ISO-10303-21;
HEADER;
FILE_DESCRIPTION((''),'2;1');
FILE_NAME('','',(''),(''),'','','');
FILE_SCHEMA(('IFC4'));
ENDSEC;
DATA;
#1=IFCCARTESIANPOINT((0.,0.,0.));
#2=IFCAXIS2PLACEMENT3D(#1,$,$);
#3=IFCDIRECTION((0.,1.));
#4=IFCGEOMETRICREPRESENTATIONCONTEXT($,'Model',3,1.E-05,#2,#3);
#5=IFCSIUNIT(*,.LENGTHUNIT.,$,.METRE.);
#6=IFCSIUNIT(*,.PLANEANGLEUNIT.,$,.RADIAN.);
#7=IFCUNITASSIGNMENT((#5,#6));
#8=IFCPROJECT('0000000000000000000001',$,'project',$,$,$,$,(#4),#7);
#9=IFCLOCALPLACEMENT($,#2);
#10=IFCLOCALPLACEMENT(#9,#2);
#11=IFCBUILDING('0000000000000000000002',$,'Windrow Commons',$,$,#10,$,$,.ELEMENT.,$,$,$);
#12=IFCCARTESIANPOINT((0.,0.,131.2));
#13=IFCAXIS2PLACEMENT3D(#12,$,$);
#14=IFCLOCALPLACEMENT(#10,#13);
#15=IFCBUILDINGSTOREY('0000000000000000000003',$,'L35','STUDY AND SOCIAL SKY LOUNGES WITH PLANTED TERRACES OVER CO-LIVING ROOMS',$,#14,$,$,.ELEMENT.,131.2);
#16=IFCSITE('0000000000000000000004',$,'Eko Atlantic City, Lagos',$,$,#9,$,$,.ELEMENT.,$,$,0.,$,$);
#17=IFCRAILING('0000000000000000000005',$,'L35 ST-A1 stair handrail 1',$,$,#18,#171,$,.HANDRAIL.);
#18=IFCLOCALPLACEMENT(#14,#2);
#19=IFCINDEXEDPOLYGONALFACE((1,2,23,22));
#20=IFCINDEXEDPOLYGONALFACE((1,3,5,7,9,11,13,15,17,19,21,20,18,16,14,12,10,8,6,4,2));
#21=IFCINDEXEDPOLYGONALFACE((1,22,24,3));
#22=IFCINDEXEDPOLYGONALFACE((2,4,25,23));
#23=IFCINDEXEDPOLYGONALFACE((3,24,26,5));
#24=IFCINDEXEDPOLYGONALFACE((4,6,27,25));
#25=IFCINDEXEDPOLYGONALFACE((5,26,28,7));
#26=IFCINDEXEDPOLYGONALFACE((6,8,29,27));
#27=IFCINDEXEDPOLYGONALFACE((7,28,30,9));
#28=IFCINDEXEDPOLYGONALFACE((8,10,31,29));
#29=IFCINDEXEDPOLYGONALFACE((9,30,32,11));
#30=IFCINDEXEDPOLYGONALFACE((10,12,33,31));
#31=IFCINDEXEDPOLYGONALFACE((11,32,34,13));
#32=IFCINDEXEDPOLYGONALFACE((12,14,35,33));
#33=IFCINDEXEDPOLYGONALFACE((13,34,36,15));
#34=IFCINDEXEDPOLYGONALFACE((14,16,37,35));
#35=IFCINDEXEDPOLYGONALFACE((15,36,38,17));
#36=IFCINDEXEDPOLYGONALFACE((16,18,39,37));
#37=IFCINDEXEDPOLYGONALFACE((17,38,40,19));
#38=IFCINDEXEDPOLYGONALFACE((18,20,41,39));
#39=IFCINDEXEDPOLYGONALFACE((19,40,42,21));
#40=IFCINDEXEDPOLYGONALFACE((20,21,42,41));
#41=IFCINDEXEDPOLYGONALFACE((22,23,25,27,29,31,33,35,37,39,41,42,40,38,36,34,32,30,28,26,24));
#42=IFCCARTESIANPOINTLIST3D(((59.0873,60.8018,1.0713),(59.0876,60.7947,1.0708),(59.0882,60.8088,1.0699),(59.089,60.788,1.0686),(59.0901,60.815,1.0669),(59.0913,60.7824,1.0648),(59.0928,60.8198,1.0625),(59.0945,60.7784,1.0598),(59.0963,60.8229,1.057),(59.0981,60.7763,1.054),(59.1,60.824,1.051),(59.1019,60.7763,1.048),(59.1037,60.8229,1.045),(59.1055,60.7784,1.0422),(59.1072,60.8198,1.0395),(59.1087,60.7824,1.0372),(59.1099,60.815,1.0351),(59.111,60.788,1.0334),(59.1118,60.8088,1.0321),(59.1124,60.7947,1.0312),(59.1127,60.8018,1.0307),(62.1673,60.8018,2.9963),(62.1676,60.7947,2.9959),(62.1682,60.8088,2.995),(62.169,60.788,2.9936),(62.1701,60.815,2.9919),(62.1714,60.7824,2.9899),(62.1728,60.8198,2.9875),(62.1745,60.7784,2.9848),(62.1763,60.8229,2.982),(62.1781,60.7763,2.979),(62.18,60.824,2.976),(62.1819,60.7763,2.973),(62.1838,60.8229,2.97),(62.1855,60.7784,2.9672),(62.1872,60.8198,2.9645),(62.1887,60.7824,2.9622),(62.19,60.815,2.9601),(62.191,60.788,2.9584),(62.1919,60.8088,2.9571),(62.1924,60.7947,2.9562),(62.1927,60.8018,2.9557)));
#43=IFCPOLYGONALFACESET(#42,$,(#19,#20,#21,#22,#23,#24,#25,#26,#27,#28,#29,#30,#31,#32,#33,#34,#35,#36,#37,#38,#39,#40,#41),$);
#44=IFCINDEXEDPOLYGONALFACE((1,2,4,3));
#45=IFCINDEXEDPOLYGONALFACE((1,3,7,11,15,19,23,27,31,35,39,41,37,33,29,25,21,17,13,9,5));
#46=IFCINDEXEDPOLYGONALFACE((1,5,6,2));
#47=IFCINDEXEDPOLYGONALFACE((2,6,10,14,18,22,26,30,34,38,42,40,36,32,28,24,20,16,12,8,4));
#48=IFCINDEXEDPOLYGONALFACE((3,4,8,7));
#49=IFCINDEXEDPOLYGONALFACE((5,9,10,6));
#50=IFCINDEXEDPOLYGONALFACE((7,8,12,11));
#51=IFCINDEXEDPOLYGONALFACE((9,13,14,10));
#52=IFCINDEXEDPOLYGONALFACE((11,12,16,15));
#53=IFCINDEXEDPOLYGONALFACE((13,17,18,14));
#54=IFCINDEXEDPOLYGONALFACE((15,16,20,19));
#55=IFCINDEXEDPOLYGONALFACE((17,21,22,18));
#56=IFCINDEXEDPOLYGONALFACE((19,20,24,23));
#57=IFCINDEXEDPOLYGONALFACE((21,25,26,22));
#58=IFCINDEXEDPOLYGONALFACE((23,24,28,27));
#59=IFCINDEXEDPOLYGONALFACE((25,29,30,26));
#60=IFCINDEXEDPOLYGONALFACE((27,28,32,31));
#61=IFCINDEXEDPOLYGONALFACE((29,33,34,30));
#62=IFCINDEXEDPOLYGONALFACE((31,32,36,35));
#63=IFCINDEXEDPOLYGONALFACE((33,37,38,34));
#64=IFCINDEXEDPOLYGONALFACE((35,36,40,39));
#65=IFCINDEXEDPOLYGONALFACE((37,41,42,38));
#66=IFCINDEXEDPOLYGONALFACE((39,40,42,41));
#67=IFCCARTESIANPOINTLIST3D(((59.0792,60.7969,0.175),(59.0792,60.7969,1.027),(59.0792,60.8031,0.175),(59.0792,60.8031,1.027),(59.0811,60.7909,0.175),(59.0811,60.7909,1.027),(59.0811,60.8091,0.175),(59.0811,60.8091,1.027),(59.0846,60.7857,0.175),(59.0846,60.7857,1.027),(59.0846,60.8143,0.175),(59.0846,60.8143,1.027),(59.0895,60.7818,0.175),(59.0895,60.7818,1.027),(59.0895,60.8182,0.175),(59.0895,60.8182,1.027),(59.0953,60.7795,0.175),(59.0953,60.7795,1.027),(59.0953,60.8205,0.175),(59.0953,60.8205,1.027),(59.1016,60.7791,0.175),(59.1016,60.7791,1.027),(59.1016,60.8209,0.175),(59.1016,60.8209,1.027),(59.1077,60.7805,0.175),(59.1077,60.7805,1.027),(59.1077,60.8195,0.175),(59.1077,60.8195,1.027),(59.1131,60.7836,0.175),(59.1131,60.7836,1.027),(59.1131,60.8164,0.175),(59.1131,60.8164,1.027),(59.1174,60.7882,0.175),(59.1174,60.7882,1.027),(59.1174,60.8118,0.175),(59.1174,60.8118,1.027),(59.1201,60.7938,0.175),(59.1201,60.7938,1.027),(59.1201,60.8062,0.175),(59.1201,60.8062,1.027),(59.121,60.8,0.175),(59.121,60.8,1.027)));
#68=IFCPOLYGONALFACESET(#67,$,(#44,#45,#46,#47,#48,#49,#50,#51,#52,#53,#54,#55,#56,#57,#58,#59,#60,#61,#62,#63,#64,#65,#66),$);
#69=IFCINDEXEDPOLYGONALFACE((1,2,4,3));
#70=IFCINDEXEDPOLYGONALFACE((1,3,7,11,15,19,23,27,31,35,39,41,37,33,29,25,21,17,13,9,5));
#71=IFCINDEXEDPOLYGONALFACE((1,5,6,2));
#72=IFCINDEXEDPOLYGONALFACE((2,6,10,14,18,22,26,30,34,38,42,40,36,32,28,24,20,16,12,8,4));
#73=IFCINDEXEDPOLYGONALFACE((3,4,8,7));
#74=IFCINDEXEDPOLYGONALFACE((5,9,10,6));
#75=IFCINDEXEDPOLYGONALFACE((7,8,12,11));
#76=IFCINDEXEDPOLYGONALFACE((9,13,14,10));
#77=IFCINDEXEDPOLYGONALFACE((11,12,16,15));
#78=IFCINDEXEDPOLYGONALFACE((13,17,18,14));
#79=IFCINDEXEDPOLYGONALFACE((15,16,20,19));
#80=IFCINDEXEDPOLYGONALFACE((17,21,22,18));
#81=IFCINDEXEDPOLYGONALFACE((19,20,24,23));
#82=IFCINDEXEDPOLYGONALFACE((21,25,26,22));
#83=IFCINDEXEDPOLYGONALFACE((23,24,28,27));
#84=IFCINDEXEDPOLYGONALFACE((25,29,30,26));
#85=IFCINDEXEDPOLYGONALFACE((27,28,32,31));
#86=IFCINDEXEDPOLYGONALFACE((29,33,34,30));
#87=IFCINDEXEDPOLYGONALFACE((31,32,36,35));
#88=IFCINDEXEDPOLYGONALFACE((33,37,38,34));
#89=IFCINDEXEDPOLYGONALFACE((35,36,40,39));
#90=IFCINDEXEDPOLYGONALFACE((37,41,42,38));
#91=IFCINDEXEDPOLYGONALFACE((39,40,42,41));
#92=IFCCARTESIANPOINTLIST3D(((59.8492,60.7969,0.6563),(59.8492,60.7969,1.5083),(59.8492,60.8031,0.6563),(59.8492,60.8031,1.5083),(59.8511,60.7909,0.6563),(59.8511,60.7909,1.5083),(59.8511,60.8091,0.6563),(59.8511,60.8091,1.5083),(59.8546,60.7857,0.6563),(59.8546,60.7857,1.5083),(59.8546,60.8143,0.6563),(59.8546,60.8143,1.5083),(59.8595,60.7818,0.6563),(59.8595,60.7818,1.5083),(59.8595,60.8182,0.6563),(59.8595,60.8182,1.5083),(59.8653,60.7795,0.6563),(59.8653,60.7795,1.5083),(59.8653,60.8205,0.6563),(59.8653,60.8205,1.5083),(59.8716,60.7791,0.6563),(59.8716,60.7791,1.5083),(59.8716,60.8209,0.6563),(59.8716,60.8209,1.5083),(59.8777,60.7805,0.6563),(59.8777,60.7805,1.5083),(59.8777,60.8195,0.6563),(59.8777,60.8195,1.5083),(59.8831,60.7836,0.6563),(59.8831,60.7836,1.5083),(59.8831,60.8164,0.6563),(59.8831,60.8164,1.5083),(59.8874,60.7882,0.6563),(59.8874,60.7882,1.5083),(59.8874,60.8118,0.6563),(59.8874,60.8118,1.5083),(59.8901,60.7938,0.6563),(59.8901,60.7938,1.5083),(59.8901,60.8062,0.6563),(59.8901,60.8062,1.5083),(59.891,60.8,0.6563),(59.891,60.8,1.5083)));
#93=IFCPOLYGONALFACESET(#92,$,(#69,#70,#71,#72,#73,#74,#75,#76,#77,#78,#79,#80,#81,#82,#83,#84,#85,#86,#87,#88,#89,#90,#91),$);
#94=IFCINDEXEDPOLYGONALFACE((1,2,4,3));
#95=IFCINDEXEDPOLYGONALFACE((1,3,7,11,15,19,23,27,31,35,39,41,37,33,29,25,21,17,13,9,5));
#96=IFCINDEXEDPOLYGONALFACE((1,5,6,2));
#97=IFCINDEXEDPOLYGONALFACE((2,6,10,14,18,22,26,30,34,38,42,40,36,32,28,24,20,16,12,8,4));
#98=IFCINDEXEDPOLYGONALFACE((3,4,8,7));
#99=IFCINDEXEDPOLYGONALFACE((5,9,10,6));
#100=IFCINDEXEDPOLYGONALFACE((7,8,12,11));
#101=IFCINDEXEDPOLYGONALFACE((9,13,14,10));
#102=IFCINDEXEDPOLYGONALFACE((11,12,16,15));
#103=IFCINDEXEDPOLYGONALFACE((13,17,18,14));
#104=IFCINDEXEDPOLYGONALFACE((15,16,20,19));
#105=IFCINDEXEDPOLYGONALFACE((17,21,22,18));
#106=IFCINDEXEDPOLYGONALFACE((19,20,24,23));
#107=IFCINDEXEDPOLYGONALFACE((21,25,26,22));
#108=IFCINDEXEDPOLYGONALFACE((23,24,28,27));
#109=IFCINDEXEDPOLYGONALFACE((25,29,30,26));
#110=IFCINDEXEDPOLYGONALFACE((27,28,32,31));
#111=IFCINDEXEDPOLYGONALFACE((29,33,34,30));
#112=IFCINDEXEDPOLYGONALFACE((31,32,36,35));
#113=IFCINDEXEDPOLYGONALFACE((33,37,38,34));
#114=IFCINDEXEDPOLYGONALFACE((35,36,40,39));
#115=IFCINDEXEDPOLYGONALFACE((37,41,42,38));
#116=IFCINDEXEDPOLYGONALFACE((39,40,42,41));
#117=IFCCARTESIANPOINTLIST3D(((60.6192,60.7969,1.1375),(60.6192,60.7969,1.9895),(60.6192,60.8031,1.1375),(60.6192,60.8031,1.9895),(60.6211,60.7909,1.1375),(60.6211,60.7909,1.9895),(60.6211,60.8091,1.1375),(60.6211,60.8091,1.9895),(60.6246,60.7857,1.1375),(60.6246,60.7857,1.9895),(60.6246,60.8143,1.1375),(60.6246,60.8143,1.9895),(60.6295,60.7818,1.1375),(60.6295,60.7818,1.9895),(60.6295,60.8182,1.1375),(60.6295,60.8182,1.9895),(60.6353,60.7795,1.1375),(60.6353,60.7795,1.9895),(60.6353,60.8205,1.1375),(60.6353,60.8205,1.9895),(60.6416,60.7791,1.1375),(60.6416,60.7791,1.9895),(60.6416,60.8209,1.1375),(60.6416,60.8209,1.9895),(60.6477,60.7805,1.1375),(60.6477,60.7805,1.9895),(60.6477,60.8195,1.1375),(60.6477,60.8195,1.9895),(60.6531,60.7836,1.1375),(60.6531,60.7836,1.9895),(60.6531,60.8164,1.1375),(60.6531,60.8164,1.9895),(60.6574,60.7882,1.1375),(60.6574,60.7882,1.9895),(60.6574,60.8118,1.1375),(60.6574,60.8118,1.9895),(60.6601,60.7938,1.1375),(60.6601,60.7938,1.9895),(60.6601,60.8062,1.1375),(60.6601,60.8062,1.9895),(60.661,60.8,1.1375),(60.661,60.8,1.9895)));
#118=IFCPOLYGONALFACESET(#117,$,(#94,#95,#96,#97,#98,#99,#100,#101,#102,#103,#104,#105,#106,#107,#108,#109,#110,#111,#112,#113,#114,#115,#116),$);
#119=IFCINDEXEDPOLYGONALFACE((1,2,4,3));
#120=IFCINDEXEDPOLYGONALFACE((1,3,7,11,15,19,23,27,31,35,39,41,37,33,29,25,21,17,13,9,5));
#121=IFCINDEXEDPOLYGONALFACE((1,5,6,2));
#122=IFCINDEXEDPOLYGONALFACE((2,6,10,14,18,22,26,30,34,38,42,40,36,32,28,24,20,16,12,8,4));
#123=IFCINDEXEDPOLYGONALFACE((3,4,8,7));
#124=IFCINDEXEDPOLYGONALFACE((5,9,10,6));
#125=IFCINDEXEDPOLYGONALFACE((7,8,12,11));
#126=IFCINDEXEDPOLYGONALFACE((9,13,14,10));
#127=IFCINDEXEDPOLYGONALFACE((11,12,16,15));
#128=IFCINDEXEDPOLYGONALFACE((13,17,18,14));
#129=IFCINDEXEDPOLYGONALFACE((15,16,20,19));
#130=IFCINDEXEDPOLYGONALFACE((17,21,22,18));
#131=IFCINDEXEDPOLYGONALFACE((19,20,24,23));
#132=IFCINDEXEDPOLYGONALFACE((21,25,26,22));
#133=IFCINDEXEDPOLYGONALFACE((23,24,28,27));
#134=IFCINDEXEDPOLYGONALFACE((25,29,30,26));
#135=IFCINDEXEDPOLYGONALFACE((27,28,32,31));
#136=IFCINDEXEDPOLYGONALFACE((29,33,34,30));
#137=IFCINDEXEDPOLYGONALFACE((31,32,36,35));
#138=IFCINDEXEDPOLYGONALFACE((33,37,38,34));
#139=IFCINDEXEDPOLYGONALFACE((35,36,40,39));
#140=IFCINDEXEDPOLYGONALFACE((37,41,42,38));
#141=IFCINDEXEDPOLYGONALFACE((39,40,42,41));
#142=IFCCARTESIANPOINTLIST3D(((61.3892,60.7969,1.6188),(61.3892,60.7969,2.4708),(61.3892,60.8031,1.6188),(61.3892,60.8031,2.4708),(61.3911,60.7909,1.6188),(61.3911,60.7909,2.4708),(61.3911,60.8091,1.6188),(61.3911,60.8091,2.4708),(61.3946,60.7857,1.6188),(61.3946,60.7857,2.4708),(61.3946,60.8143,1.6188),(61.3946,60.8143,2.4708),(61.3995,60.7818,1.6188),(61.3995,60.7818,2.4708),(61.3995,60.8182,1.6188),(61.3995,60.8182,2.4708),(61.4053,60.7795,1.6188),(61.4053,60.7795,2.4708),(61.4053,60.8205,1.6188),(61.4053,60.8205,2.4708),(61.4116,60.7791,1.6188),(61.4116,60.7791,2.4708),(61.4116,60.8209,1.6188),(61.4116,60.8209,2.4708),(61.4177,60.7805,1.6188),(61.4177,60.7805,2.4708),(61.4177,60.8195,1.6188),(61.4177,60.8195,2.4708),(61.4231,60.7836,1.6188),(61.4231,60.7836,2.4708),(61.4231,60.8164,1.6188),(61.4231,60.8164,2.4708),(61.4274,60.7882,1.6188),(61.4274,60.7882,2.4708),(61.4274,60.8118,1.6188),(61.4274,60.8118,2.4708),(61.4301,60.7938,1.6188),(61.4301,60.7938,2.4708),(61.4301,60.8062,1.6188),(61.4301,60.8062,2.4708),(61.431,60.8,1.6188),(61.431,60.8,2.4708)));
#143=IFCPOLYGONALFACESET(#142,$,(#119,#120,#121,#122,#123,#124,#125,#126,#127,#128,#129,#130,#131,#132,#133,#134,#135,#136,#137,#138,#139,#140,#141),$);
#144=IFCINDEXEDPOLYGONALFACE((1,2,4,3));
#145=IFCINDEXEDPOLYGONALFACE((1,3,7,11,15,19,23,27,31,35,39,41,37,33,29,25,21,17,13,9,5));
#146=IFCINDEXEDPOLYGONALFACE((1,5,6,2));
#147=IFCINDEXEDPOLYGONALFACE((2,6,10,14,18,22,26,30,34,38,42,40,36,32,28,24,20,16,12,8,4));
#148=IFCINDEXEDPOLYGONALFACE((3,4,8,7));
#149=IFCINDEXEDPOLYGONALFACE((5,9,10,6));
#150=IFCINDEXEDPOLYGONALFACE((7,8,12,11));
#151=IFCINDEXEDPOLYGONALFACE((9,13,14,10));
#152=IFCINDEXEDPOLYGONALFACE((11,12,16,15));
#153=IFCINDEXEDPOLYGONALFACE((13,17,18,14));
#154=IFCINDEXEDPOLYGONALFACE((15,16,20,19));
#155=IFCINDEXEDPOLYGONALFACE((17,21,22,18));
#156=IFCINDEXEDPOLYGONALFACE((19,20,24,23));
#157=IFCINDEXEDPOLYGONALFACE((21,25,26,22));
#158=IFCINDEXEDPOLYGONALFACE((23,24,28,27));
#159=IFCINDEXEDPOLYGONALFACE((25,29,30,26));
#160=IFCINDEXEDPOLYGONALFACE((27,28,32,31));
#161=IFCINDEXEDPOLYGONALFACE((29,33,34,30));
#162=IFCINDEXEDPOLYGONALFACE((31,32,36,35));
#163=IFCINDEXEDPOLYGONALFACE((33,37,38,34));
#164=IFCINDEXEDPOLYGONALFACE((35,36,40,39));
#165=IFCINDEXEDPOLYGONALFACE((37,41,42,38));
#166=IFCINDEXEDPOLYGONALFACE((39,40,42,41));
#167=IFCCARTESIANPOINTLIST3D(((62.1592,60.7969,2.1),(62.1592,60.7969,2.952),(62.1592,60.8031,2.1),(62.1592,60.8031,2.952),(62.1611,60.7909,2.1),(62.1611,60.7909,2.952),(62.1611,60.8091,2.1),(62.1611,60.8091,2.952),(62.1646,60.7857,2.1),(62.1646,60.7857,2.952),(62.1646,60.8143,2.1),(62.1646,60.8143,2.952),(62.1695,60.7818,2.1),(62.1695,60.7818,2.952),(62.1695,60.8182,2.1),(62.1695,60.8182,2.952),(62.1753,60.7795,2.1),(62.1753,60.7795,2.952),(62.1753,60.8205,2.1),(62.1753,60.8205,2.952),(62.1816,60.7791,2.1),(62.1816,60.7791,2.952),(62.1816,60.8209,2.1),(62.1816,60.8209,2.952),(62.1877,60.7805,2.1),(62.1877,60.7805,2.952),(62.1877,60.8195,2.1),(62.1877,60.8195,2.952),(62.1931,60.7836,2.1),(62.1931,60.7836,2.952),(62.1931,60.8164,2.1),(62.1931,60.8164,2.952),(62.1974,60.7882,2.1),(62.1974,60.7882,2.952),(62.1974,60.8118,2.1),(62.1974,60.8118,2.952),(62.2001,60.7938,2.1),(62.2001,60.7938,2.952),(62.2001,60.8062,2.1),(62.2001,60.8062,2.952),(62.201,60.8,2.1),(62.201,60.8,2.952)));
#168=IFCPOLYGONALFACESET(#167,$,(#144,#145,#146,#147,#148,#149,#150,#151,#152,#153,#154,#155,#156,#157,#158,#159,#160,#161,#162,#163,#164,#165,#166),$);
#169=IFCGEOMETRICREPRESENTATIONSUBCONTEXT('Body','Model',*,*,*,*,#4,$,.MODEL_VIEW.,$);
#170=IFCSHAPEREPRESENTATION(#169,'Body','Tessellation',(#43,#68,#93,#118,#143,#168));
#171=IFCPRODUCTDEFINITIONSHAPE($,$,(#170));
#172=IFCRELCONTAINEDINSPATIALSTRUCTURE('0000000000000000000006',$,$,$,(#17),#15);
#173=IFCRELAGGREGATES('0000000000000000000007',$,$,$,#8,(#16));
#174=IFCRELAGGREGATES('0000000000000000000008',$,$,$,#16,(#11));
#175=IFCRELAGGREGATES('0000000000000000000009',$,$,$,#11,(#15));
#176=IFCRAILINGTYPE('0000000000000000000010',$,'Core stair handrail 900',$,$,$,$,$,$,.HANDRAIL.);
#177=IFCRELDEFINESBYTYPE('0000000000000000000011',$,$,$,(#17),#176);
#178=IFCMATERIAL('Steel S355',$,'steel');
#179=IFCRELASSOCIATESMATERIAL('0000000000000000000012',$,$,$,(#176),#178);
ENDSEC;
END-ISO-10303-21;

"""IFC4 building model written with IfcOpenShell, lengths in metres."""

from ifc_helpers import new_model, si_unit, direction, frame, origin, origin_2d, place, context, subcontext, project, spatial, circle, extrude, material, type_object, element, save


model = new_model("IFC4")

# Units and contexts
model_context = context("Model", 3, precision=1e-05, world=origin(), true_north=direction((0.0, 1.0)))
body_context = subcontext(model_context, "Body", "Model", "MODEL_VIEW")
ifc_project = project(units=[si_unit("LENGTHUNIT", "METRE"), si_unit("PLANEANGLEUNIT", "RADIAN")], contexts=[model_context])

# Site, building, storey
site_placement = place(None, origin())
site = spatial("IfcSite", under=ifc_project, at=site_placement, Name="Eko Atlantic City, Lagos", CompositionType="ELEMENT", RefElevation=0.0)
building_placement = place(site_placement, origin())
building = spatial("IfcBuilding", under=site, at=building_placement, Name="Windrow Commons", CompositionType="ELEMENT")
storey_placement = place(building_placement, frame((0.0, 0.0, 131.2)))
storey = spatial("IfcBuildingStorey", under=building, at=storey_placement, Name="L35", Description="STUDY AND SOCIAL SKY LOUNGES WITH PLANTED TERRACES OVER CO-LIVING ROOMS", CompositionType="ELEMENT", Elevation=131.2)

# Railing
ifc_material_1 = material(Name="Steel S355", Category="steel")
railing_type_1 = type_object("IfcRailingType", Name="Core stair handrail 900", PredefinedType="HANDRAIL", material=ifc_material_1)
railing_1_placement = place(storey_placement, frame((59.1, 60.8, 0.175)))
element("IfcRailing", 1, at=railing_1_placement, inside=storey, type_object=railing_type_1, Name="L35 ST-A1 stair handrail 1", PredefinedType="HANDRAIL", context=body_context, shape_type="SweptSolid", body=[
    extrude(circle(Radius=0.024, at=origin_2d()), frame((0.0, 0.0, 0.876), z_axis=(0.847998, 0.0, 0.529999), x_axis=(0.0, 1.0, 0.0)), (0.0, 0.0, 1.0), 3.6321),
    extrude(circle(Radius=0.021, at=origin_2d()), origin(), (0.0, 0.0, 1.0), 0.852),
    extrude(circle(Radius=0.021, at=origin_2d()), frame((0.77, 0.0, 0.4813)), (0.0, 0.0, 1.0), 0.852),
    extrude(circle(Radius=0.021, at=origin_2d()), frame((1.54, 0.0, 0.9625)), (0.0, 0.0, 1.0), 0.852),
    extrude(circle(Radius=0.021, at=origin_2d()), frame((2.31, 0.0, 1.4438)), (0.0, 0.0, 1.0), 0.852),
    extrude(circle(Radius=0.021, at=origin_2d()), frame((3.08, 0.0, 1.925)), (0.0, 0.0, 1.0), 0.852),
])

save(model, "model.ifc")
